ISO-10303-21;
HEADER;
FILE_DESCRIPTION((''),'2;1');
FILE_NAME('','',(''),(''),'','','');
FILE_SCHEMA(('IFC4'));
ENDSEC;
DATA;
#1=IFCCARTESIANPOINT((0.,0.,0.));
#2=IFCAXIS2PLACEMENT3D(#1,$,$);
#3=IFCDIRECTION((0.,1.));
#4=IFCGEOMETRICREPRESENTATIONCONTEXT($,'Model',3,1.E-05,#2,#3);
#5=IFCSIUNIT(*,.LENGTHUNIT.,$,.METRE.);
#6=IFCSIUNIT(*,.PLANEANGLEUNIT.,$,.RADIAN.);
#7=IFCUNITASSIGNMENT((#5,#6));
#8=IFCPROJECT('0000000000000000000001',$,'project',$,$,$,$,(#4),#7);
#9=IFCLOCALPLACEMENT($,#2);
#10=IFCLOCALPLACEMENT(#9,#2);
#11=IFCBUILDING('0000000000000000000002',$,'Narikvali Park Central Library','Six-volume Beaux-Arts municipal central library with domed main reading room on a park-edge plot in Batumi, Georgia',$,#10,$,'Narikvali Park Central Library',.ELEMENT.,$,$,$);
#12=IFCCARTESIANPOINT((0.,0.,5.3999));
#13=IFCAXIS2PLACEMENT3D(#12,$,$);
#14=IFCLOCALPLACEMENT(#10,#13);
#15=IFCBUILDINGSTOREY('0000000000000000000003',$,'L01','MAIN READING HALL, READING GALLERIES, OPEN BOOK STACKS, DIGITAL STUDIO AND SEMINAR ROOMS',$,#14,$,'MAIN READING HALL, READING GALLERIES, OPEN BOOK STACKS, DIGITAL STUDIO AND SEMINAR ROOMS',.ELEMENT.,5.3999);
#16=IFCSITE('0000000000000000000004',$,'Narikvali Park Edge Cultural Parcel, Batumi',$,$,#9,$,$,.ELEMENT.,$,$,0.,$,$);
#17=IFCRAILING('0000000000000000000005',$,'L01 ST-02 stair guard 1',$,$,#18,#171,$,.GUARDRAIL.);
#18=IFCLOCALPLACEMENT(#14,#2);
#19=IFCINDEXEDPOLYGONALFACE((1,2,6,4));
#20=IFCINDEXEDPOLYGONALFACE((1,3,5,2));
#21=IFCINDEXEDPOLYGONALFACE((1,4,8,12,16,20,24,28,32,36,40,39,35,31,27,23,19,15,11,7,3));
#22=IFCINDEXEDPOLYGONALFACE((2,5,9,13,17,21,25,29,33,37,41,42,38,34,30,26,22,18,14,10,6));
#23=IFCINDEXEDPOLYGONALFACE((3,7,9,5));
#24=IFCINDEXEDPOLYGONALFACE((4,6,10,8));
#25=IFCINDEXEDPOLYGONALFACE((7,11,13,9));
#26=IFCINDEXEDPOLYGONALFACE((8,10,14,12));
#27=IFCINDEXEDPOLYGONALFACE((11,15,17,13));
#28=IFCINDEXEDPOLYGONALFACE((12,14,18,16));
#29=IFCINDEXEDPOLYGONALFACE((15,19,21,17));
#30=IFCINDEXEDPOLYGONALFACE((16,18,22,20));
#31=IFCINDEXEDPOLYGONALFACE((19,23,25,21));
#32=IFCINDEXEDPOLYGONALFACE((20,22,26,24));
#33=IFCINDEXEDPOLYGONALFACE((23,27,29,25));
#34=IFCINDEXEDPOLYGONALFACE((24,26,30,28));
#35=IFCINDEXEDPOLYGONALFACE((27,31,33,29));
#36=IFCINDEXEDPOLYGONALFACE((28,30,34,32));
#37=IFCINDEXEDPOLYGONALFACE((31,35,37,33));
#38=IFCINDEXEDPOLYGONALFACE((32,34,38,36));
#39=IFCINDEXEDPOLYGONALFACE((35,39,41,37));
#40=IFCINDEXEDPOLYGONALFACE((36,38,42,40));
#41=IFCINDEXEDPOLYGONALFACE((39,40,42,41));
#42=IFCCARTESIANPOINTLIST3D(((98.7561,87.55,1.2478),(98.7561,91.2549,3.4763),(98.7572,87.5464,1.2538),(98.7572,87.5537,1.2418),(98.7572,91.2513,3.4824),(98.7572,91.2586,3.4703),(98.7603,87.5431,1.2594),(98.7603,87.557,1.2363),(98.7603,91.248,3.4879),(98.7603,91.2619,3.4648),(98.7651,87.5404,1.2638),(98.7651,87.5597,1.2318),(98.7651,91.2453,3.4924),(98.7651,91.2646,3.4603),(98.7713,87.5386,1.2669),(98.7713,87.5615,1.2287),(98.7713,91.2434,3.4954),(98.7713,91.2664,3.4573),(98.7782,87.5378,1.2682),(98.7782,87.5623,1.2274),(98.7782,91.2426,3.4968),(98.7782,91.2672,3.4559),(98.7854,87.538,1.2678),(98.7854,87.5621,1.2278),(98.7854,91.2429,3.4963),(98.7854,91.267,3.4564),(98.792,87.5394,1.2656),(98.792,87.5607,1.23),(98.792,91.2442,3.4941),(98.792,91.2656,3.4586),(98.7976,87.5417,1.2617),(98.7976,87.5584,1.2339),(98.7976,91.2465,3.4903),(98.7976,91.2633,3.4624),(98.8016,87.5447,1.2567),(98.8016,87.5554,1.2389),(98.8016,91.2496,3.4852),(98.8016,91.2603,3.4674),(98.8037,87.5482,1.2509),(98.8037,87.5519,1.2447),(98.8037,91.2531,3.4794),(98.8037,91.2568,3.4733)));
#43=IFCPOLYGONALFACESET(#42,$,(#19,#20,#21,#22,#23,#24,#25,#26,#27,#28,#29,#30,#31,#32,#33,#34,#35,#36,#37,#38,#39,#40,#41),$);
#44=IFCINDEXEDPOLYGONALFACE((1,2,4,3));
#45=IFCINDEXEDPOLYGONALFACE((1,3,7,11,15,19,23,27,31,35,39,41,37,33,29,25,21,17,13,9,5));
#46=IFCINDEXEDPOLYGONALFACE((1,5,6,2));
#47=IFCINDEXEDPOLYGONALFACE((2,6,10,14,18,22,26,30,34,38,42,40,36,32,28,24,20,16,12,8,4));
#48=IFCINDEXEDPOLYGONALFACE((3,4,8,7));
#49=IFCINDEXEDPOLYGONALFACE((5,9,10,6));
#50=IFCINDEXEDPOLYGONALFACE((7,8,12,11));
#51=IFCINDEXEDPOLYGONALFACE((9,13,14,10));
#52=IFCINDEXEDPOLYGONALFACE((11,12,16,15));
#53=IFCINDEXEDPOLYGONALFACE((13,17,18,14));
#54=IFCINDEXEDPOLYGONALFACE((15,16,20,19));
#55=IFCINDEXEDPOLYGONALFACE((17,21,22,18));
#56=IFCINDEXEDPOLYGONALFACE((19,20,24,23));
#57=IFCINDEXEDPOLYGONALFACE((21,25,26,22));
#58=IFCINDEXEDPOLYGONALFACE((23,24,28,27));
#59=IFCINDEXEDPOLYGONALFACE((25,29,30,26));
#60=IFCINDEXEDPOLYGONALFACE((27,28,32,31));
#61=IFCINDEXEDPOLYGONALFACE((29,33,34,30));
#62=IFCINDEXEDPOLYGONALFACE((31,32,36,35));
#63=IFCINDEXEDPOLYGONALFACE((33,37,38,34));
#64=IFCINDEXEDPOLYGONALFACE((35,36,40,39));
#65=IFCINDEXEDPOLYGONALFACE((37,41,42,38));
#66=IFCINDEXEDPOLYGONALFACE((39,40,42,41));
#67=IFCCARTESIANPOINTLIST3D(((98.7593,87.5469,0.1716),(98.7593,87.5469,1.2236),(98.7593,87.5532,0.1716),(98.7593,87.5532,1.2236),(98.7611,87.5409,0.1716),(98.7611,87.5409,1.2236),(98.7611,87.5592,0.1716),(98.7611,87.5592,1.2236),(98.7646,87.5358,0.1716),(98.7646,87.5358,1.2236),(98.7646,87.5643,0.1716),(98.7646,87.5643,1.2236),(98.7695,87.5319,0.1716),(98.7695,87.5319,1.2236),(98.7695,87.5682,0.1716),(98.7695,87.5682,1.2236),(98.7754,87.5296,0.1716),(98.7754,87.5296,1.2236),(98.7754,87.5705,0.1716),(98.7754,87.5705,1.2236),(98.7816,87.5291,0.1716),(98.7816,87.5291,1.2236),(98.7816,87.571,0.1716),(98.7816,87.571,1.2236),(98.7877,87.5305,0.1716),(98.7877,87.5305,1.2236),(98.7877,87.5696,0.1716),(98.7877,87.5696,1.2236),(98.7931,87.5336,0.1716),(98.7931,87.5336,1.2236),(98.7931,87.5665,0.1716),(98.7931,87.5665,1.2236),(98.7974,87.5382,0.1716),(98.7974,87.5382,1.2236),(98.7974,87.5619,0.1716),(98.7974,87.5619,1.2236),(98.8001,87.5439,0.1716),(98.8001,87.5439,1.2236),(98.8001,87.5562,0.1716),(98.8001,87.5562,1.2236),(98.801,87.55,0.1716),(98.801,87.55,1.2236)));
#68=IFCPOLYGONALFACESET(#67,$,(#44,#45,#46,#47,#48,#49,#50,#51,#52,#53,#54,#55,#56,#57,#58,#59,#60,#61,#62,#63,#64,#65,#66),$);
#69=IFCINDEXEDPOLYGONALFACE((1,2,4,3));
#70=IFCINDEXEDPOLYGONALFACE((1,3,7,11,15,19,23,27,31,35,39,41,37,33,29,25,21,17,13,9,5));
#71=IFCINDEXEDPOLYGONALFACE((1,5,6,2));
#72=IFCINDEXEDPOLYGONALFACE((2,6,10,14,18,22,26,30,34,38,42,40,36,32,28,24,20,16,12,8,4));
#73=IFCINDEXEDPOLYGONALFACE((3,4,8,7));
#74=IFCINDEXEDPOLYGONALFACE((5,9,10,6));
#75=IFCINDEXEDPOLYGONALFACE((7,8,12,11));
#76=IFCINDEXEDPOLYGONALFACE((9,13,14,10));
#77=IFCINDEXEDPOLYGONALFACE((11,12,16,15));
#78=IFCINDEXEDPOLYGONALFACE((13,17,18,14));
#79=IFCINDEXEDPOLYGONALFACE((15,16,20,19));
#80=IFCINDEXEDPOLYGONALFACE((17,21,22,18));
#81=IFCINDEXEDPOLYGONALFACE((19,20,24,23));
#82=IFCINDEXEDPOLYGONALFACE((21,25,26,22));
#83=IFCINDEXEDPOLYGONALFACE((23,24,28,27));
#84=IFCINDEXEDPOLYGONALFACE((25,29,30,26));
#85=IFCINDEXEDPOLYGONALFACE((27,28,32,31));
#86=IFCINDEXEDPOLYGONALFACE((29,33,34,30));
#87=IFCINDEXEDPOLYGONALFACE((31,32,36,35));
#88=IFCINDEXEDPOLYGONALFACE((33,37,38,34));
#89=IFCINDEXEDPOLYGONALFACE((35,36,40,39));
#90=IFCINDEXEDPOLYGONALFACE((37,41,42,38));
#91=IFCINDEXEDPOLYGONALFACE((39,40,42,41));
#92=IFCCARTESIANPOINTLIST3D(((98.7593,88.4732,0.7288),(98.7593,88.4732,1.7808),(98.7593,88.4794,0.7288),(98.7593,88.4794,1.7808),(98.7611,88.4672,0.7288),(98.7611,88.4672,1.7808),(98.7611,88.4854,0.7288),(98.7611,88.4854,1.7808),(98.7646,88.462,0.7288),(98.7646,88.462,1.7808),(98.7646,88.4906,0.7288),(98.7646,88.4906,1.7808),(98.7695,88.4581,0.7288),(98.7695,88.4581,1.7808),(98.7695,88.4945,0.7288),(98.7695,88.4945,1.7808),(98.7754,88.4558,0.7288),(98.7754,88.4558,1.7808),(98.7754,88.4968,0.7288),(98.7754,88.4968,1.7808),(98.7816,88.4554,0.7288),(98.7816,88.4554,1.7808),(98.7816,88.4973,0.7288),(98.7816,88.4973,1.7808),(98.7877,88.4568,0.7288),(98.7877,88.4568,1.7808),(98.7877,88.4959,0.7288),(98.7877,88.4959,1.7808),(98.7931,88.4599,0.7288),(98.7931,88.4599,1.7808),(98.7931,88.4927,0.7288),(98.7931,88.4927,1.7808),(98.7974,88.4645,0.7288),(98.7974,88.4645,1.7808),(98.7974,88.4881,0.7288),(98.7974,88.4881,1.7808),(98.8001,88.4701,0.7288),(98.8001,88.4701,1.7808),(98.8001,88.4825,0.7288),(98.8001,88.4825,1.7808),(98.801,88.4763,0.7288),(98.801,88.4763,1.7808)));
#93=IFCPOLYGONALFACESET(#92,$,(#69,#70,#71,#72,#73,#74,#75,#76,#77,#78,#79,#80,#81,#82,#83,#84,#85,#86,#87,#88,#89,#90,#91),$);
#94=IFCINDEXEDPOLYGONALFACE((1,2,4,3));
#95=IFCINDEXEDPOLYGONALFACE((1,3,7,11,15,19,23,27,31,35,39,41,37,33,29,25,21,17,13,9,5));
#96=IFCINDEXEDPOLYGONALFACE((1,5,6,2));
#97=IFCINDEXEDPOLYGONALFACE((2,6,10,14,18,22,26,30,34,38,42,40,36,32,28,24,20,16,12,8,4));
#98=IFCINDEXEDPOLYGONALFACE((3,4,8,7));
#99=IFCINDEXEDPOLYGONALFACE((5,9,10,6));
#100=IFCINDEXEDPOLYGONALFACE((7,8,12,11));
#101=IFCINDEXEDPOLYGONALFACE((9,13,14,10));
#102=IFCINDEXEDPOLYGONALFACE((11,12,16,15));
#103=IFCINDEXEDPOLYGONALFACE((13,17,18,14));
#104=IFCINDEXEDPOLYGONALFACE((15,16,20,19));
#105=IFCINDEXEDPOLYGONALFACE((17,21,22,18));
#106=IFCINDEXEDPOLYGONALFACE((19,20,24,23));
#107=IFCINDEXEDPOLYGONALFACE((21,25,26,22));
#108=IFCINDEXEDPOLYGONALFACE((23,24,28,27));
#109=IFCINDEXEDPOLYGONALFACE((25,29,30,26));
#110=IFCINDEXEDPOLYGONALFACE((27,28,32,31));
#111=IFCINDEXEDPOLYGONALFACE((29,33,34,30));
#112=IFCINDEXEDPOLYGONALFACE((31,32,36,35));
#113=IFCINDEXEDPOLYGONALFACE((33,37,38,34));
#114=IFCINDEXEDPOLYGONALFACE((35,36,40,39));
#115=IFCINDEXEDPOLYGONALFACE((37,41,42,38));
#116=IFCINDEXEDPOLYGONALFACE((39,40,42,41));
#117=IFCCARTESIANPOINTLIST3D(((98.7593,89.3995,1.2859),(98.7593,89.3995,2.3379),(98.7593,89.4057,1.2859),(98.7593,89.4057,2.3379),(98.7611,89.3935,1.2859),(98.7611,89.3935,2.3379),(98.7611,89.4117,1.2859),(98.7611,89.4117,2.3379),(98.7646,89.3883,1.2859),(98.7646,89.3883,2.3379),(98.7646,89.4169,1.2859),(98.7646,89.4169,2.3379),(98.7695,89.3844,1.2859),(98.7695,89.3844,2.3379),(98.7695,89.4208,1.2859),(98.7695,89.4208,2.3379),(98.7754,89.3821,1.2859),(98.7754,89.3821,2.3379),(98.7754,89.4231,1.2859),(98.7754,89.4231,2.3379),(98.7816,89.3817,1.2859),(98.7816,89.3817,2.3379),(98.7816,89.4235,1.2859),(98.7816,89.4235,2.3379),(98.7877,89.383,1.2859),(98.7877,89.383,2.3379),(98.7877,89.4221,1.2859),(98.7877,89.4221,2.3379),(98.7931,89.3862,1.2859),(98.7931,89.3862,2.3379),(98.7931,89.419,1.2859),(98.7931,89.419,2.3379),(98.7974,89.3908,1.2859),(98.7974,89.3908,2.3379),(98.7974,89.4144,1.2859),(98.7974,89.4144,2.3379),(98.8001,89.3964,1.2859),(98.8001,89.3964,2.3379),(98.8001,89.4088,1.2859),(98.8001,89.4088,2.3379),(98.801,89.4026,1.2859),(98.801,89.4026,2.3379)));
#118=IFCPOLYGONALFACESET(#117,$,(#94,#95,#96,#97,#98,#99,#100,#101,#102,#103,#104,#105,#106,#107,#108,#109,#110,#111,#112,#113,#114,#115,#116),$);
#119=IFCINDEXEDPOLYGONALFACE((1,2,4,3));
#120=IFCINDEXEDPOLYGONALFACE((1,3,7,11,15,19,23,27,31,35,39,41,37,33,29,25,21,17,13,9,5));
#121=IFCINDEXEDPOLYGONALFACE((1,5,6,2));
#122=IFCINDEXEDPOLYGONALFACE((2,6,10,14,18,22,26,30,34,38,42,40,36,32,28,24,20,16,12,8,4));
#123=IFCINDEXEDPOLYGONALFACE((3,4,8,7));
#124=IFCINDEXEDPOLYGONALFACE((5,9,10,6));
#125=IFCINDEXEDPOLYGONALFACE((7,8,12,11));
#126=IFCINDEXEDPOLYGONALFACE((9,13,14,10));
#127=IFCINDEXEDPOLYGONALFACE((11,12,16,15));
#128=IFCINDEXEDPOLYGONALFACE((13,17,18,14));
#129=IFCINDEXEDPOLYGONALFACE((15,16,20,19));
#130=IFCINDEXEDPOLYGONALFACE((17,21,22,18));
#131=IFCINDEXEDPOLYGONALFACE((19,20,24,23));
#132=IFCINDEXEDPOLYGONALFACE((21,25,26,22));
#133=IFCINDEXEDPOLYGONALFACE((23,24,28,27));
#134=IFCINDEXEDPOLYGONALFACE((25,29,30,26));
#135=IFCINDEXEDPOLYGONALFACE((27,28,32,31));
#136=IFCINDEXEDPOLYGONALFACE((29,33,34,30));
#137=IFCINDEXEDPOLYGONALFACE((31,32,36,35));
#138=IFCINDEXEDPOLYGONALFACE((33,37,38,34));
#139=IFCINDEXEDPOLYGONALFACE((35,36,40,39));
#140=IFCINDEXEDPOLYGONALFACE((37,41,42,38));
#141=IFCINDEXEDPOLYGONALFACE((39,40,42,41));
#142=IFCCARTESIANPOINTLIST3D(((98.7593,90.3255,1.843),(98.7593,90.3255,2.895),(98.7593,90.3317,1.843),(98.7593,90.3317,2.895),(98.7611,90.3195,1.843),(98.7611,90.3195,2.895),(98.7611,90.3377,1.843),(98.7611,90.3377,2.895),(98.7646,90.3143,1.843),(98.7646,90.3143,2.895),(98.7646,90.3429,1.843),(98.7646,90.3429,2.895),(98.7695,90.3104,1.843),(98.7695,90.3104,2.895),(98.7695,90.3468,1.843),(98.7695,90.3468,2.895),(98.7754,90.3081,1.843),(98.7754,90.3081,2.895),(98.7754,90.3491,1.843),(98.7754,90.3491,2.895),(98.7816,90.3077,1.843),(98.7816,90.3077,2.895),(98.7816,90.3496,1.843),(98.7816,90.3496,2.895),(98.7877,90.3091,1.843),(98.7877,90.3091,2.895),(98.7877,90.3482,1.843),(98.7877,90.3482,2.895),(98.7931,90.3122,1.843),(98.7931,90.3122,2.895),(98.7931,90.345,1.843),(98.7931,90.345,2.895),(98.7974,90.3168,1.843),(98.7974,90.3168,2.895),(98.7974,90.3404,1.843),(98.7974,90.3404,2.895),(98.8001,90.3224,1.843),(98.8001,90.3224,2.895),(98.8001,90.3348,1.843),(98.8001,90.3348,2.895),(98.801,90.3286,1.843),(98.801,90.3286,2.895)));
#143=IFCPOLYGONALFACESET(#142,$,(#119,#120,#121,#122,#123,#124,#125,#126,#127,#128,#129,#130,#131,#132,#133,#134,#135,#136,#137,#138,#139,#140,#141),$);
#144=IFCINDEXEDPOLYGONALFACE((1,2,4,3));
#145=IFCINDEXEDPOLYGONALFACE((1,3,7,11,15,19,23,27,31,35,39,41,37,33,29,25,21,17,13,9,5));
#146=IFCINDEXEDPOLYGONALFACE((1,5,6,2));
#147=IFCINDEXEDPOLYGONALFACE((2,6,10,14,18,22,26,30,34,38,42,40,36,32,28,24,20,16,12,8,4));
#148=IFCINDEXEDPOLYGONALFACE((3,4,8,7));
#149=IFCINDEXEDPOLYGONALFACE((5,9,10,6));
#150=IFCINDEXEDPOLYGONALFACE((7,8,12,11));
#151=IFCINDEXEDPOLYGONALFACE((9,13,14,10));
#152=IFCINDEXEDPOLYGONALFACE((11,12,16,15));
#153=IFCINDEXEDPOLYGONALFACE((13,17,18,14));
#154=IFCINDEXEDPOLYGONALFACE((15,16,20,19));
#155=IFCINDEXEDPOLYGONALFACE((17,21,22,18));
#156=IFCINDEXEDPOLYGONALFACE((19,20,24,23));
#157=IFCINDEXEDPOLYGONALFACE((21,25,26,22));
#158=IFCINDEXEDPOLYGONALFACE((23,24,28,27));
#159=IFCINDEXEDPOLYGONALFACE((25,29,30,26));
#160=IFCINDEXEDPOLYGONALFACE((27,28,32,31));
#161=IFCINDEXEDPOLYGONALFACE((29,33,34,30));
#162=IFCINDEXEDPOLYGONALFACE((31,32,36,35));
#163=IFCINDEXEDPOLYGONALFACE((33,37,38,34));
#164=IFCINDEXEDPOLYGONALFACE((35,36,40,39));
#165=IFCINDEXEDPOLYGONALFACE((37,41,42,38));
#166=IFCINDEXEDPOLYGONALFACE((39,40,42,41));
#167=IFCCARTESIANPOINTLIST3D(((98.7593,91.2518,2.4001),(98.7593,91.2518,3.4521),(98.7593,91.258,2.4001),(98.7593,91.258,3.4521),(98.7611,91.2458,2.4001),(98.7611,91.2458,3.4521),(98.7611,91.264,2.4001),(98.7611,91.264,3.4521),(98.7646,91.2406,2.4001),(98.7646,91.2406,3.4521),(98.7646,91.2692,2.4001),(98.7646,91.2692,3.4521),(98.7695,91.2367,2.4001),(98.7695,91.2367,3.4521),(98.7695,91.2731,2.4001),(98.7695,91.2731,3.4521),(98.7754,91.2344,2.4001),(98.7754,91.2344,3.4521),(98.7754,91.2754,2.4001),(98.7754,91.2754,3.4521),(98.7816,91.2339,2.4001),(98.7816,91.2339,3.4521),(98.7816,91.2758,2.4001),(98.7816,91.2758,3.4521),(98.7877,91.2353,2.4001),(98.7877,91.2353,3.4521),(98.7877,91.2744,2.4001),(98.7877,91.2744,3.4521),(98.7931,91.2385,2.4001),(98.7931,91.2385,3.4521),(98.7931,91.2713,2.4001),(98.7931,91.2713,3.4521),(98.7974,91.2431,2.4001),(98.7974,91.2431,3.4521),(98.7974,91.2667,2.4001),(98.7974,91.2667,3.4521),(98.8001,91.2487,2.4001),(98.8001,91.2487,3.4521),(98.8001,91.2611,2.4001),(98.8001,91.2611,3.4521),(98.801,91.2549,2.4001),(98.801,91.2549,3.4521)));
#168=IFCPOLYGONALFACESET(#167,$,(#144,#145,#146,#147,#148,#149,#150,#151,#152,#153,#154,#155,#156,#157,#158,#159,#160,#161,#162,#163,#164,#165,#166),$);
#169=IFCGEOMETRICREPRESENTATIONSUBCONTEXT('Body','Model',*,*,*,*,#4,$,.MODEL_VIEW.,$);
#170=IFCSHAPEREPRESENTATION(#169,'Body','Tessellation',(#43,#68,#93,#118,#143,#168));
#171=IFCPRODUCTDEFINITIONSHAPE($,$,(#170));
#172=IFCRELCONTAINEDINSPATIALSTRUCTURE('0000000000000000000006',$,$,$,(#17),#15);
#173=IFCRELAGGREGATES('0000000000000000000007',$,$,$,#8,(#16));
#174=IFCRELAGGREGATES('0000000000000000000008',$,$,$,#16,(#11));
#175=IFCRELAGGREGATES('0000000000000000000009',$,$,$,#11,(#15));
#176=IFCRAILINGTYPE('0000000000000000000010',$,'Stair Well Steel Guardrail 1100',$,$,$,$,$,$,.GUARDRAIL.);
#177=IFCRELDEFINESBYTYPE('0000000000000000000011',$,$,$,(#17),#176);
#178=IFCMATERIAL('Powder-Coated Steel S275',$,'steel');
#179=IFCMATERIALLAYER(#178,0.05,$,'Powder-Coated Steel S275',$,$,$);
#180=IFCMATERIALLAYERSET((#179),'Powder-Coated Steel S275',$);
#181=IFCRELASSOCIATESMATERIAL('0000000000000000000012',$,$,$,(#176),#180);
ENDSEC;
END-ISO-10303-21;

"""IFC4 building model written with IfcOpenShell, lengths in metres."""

from ifc_helpers import new_model, si_unit, direction, frame, origin, origin_2d, place, context, subcontext, project, spatial, circle, extrude, material, layer, layer_set, type_object, element, save


model = new_model("IFC4")

# Units and contexts
model_context = context("Model", 3, precision=1e-05, world=origin(), true_north=direction((0.0, 1.0)))
body_context = subcontext(model_context, "Body", "Model", "MODEL_VIEW")
ifc_project = project(units=[si_unit("LENGTHUNIT", "METRE"), si_unit("PLANEANGLEUNIT", "RADIAN")], contexts=[model_context])

# Site, building, storey
site_placement = place(None, origin())
site = spatial("IfcSite", under=ifc_project, at=site_placement, Name="Narikvali Park Edge Cultural Parcel, Batumi", CompositionType="ELEMENT", RefElevation=0.0)
building_placement = place(site_placement, origin())
building = spatial("IfcBuilding", under=site, at=building_placement, Name="Narikvali Park Central Library", Description="Six-volume Beaux-Arts municipal central library with domed main reading room on a park-edge plot in Batumi, Georgia", LongName="Narikvali Park Central Library", CompositionType="ELEMENT")
storey_placement = place(building_placement, frame((0.0, 0.0, 5.3999)))
storey = spatial("IfcBuildingStorey", under=building, at=storey_placement, Name="L01", Description="MAIN READING HALL, READING GALLERIES, OPEN BOOK STACKS, DIGITAL STUDIO AND SEMINAR ROOMS", LongName="MAIN READING HALL, READING GALLERIES, OPEN BOOK STACKS, DIGITAL STUDIO AND SEMINAR ROOMS", CompositionType="ELEMENT", Elevation=5.3999)

# Railing
ifc_material_1 = material(Name="Powder-Coated Steel S275", Category="steel")
ifc_layer_1 = layer(ifc_material_1, 0.05, Name="Powder-Coated Steel S275")
ifc_layer_set_1 = layer_set([ifc_layer_1], Name="Powder-Coated Steel S275")
railing_type_1 = type_object("IfcRailingType", Name="Stair Well Steel Guardrail 1100", PredefinedType="GUARDRAIL", material=ifc_layer_set_1)
railing_1_placement = place(storey_placement, frame((98.78, 87.55, 0.1716)))
element("IfcRailing", 1, at=railing_1_placement, inside=storey, type_object=railing_type_1, Name="L01 ST-02 stair guard 1", PredefinedType="GUARDRAIL", context=body_context, shape_type="SweptSolid", body=[
    extrude(circle(Radius=0.0239, at=origin_2d()), frame((0.0, 0.0, 1.0762), z_axis=(0.0, 0.856919, 0.51545), x_axis=(-1.0, 0.0, 0.0)), (0.0, 0.0, 1.0), 4.3235),
    extrude(circle(Radius=0.021, at=origin_2d()), origin(), (0.0, 0.0, 1.0), 1.052),
    extrude(circle(Radius=0.021, at=origin_2d()), frame((0.0, 0.9263, 0.5571)), (0.0, 0.0, 1.0), 1.052),
    extrude(circle(Radius=0.021, at=origin_2d()), frame((0.0, 1.8525, 1.1143)), (0.0, 0.0, 1.0), 1.052),
    extrude(circle(Radius=0.021, at=origin_2d()), frame((0.0, 2.7786, 1.6714)), (0.0, 0.0, 1.0), 1.052),
    extrude(circle(Radius=0.021, at=origin_2d()), frame((0.0, 3.7048, 2.2285)), (0.0, 0.0, 1.0), 1.052),
])

save(model, "model.ifc")
